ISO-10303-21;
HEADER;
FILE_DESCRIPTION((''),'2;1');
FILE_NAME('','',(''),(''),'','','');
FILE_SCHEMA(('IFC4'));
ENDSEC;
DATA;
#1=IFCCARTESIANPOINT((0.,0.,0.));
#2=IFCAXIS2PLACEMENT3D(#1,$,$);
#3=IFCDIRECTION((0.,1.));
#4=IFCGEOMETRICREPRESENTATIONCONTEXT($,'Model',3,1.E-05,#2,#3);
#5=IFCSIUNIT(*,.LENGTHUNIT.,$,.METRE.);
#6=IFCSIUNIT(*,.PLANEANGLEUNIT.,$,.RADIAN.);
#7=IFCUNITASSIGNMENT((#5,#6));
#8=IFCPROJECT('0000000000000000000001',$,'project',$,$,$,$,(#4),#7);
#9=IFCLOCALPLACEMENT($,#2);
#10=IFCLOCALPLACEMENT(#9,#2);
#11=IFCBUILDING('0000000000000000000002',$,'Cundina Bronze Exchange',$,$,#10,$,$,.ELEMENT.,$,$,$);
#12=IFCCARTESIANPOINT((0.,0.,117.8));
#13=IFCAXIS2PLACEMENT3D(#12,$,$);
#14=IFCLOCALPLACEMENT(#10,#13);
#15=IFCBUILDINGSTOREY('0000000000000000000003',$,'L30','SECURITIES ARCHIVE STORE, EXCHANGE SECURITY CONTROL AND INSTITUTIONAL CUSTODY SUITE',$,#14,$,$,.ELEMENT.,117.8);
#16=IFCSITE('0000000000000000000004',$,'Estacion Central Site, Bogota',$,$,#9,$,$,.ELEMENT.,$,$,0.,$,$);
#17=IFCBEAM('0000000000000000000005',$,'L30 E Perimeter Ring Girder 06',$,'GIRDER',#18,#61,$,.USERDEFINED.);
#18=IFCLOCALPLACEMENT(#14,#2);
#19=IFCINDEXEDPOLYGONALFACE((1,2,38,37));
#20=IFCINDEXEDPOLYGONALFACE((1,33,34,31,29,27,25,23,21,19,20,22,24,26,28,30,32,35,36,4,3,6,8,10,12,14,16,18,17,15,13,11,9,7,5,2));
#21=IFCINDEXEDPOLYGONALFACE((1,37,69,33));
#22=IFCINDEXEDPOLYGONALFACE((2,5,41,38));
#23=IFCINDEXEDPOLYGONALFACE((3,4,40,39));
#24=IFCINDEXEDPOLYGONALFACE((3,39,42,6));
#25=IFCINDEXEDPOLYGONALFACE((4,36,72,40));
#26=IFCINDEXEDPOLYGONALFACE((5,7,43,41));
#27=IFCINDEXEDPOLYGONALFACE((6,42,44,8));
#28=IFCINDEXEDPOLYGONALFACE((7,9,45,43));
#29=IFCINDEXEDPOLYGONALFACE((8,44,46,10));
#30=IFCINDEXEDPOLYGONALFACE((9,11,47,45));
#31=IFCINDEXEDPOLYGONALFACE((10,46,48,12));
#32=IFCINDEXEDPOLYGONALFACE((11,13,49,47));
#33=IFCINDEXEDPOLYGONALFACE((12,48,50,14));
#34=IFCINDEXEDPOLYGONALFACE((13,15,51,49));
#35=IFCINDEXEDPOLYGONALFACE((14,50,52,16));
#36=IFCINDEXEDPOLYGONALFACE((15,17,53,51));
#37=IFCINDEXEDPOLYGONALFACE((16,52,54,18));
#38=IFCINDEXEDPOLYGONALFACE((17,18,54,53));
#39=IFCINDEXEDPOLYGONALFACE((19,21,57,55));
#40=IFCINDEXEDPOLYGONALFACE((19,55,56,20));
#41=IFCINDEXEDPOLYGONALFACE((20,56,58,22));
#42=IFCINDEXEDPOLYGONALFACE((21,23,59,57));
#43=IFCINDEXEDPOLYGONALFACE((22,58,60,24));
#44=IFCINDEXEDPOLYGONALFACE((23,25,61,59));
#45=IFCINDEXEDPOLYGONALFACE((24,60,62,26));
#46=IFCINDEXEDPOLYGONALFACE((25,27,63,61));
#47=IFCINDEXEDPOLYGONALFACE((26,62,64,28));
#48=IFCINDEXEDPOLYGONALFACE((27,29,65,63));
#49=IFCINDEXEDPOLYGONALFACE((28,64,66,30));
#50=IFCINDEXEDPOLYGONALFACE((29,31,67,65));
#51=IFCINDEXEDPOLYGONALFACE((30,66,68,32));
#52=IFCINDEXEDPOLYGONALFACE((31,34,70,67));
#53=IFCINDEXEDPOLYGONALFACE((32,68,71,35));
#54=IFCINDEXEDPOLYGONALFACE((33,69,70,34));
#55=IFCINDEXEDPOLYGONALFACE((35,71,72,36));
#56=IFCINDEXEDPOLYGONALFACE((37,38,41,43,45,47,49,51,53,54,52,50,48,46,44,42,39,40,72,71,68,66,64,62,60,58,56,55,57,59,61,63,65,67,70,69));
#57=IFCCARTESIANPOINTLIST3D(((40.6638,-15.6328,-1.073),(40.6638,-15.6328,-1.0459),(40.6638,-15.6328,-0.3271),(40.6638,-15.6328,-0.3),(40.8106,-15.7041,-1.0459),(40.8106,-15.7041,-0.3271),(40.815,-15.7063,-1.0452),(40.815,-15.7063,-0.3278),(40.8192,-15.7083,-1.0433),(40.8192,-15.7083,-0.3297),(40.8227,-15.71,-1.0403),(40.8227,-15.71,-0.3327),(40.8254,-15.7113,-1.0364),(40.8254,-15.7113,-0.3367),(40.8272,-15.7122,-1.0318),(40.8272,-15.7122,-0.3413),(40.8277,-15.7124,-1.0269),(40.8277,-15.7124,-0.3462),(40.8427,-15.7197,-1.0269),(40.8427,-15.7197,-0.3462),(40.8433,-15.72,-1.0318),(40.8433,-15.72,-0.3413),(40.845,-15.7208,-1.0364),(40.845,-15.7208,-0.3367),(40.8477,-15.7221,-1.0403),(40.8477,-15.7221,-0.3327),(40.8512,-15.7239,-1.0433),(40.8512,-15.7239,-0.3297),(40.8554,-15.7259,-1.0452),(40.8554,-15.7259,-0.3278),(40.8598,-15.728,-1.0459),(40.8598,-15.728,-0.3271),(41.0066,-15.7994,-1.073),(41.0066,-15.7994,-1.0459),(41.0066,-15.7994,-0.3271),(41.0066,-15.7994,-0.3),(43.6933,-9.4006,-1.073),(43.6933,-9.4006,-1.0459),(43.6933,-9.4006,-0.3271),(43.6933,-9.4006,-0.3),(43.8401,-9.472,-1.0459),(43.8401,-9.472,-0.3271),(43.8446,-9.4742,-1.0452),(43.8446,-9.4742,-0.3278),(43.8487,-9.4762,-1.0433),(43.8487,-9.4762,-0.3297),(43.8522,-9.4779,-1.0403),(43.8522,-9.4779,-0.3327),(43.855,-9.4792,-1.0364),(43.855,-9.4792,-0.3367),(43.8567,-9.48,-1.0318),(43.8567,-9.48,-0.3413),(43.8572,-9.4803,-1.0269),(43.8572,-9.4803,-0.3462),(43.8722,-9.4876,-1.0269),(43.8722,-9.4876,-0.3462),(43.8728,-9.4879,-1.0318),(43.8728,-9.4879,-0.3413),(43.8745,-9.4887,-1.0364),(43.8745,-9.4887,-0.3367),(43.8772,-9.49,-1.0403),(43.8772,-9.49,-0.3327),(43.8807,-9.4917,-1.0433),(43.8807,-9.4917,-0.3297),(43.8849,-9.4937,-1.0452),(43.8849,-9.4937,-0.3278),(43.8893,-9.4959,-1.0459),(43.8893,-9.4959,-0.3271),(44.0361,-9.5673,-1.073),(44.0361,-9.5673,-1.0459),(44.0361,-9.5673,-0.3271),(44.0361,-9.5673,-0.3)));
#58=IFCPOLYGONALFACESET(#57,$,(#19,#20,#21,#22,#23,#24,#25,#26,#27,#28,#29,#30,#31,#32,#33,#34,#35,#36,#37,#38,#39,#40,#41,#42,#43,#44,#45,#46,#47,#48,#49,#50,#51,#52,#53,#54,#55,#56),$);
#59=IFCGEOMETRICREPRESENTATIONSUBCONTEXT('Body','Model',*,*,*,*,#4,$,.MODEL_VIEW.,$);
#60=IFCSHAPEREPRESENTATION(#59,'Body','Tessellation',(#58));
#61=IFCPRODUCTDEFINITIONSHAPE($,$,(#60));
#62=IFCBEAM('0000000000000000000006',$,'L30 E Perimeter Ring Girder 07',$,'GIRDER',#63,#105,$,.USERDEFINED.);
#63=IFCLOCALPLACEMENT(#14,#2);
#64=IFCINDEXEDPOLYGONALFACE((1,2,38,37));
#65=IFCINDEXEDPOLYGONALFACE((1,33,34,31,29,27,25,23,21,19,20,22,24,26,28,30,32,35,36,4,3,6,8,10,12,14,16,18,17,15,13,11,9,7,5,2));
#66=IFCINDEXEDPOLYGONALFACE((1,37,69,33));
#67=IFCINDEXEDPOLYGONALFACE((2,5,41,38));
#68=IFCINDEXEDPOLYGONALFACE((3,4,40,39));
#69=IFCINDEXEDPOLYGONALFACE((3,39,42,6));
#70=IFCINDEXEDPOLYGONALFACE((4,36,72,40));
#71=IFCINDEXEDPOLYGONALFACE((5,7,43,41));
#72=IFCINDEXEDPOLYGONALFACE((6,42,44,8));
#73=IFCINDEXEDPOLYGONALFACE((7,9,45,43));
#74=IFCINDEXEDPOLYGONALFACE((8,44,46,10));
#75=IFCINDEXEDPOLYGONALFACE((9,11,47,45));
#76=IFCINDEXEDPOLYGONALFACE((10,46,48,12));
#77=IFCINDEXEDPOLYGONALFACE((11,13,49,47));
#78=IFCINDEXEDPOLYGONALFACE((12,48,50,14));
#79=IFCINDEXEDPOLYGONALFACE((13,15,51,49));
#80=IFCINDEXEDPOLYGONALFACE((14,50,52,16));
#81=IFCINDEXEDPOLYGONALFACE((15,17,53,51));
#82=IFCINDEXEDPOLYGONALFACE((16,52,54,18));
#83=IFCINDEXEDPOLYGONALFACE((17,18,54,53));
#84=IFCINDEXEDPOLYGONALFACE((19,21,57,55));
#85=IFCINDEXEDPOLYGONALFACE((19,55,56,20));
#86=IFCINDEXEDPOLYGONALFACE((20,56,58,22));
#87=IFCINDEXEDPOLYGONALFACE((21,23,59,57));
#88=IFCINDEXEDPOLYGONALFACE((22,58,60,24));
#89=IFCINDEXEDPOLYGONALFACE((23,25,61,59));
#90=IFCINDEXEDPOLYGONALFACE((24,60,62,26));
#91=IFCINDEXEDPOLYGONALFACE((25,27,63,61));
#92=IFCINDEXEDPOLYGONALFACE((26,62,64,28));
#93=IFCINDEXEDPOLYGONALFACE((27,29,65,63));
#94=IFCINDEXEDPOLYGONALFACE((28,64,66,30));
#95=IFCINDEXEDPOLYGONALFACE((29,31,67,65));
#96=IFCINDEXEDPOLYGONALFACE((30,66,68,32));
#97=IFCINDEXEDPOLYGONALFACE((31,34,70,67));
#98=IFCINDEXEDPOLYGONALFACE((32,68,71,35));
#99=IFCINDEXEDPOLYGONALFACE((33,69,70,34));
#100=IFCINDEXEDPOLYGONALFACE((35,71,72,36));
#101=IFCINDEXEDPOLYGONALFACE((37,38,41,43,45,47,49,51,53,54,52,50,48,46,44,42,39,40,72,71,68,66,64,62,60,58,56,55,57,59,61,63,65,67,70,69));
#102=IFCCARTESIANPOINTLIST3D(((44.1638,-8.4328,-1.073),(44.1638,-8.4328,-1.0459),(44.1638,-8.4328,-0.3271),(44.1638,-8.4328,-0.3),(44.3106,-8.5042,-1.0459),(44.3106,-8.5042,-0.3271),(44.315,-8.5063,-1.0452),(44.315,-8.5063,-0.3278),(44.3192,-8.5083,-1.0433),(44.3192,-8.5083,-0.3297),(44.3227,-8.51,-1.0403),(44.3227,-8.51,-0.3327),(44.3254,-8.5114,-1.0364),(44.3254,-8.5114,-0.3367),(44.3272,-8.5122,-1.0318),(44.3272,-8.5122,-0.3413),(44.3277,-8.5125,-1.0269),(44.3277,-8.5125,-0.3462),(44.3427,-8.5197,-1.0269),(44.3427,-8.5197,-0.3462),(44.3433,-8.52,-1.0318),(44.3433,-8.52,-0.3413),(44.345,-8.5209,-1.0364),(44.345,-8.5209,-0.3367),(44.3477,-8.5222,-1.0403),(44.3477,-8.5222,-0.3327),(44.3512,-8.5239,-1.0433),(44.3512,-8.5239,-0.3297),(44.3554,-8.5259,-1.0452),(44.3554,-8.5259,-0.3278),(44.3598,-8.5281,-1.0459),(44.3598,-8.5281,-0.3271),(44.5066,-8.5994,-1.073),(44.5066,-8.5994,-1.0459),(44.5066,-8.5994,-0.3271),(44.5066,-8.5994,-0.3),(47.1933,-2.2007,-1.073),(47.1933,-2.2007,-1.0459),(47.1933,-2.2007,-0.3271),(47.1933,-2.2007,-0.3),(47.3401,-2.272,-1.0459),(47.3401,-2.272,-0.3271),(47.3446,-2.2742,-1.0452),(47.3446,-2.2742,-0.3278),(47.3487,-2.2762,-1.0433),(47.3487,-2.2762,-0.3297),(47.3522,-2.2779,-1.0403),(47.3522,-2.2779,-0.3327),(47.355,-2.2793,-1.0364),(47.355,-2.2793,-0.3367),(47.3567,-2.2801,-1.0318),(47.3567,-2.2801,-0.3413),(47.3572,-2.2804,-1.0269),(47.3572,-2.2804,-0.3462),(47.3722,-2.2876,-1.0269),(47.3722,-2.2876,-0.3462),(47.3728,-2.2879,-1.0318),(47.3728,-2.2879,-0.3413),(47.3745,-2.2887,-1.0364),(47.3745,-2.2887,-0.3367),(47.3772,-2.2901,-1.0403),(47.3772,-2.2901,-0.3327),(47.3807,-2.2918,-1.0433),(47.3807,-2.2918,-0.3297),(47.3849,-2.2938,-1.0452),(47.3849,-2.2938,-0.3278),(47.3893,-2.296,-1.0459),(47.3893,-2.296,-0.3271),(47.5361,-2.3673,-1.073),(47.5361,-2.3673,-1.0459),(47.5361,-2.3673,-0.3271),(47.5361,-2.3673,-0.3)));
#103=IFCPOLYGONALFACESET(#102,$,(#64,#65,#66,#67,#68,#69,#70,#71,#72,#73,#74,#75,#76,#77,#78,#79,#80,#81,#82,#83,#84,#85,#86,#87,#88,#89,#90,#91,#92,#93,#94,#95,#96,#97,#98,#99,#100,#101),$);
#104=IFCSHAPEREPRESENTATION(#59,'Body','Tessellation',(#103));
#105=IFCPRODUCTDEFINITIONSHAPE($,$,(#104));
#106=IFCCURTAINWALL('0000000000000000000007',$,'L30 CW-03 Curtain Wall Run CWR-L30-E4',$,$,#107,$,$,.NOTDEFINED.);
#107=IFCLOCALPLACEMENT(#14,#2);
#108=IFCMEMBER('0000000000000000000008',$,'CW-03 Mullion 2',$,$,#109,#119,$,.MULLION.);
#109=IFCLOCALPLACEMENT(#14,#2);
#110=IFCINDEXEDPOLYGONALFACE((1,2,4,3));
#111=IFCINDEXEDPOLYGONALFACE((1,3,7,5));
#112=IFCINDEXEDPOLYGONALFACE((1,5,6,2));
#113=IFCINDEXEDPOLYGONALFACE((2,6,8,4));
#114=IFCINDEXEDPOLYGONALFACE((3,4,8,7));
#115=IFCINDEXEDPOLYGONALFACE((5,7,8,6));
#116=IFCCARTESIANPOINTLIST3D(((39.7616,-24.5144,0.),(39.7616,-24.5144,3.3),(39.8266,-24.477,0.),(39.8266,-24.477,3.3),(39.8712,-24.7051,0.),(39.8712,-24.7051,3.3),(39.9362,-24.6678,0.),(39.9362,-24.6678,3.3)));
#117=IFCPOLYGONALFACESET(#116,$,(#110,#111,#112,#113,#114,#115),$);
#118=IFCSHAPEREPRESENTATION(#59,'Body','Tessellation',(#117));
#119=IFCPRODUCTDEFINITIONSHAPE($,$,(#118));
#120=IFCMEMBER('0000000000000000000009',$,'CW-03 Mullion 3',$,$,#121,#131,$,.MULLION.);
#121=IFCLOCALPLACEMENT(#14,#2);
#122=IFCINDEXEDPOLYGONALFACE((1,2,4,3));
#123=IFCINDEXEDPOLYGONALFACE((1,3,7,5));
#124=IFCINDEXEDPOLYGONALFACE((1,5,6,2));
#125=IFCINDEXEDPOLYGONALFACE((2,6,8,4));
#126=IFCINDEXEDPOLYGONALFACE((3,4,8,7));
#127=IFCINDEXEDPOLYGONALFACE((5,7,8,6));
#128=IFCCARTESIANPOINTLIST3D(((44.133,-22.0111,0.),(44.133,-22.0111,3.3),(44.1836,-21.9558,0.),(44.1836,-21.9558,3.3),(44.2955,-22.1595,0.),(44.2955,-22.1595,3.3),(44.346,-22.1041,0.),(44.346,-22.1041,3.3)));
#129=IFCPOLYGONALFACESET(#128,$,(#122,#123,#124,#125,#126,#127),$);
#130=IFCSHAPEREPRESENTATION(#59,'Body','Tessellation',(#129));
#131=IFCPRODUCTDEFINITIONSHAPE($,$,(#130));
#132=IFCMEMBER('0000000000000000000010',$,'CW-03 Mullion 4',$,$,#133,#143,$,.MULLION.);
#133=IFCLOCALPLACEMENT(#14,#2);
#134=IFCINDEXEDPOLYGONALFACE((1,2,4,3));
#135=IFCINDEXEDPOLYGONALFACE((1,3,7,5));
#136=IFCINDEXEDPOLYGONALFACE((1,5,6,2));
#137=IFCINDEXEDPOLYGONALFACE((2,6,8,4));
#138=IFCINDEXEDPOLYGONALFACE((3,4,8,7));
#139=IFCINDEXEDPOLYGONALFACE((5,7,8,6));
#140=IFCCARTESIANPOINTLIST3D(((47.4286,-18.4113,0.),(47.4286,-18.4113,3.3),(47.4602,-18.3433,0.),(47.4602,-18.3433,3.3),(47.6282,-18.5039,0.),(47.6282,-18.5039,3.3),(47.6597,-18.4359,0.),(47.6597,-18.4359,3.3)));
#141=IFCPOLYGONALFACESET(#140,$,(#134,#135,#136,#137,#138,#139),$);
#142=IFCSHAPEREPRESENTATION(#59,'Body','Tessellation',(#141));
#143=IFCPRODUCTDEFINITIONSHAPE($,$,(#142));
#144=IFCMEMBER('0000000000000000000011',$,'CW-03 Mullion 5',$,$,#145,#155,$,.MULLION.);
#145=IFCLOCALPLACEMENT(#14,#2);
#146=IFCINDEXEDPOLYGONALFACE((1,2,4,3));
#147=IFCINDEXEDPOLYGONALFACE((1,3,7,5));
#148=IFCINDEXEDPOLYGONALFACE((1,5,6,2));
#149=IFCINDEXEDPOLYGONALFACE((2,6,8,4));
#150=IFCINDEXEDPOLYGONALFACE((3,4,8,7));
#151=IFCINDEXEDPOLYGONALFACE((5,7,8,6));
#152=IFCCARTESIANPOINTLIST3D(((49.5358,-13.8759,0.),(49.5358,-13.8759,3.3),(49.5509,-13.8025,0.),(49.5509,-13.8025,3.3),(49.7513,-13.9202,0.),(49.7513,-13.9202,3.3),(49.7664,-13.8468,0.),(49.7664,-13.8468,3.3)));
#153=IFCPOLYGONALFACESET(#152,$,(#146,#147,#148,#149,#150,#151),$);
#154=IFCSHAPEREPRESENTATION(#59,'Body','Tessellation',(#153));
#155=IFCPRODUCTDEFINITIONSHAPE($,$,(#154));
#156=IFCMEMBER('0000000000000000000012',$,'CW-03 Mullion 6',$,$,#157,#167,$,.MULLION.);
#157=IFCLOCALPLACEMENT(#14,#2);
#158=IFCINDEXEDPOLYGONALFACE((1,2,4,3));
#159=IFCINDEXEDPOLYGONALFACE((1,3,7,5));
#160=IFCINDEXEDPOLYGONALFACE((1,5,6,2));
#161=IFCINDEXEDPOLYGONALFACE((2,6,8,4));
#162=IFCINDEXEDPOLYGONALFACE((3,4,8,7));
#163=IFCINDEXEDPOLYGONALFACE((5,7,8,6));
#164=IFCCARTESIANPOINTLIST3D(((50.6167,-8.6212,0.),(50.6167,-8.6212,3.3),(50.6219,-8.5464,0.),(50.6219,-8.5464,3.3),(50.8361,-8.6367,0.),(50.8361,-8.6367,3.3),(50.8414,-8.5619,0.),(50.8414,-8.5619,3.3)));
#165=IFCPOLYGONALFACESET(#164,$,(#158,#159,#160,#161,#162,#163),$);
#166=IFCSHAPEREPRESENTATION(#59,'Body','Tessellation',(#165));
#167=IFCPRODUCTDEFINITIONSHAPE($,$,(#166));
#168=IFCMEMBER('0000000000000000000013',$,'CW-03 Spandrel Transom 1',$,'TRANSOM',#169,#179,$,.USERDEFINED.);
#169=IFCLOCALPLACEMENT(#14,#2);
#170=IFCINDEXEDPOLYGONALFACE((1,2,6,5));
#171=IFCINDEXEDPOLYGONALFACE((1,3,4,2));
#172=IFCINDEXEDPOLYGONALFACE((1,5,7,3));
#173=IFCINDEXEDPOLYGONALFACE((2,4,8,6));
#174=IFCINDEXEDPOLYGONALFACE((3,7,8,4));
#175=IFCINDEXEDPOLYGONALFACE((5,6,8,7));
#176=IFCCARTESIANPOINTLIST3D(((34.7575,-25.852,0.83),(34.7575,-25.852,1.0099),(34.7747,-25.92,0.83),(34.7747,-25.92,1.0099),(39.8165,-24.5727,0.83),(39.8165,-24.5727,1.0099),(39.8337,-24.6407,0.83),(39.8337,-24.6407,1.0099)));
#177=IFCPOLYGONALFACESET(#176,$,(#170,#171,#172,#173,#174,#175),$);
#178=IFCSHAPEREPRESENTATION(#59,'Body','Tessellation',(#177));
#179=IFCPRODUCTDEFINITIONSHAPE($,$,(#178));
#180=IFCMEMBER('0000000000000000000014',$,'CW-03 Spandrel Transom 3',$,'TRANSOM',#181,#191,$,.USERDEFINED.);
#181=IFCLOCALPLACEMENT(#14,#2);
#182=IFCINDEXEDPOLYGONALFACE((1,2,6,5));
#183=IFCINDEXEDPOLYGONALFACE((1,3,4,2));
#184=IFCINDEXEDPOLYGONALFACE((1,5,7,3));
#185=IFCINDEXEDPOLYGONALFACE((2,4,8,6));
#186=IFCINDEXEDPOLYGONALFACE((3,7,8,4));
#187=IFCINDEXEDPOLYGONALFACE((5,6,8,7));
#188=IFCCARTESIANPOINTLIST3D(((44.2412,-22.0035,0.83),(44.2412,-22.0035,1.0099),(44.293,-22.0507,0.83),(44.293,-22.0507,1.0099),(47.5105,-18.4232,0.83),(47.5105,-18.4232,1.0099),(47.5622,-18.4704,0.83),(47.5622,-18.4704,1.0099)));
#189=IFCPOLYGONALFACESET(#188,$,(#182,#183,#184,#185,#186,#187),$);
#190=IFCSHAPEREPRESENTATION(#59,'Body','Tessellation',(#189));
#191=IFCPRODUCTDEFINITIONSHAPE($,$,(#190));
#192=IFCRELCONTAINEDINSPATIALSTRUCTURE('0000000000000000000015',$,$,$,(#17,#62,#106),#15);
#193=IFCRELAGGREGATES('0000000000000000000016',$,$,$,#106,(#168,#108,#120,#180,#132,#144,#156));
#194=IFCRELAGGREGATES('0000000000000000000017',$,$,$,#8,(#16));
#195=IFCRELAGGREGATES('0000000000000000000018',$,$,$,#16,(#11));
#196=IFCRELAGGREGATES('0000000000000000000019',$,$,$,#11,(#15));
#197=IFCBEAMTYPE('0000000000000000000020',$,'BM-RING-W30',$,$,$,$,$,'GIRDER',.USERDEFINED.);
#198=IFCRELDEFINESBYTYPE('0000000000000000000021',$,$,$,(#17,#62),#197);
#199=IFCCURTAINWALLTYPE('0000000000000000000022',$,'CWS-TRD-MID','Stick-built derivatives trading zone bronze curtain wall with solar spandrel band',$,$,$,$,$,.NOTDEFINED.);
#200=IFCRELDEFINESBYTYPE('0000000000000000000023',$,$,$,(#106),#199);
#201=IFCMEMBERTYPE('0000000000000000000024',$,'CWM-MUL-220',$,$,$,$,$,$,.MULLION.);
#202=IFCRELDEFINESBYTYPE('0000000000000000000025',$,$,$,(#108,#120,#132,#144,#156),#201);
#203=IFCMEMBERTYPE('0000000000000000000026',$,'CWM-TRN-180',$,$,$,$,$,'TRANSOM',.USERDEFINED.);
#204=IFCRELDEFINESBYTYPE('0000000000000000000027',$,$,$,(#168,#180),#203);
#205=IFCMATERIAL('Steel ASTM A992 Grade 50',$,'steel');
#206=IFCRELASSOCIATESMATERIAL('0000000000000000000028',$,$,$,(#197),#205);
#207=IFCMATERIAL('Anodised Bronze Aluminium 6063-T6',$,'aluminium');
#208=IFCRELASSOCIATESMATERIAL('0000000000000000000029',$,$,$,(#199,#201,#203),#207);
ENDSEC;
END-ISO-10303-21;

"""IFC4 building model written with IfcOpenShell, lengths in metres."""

from ifc_helpers import new_model, si_unit, direction, frame, origin, origin_2d, place, context, subcontext, project, spatial, rectangle, i_section, extrude, material, material_profile, profile_set, type_object, element, aggregate, save


model = new_model("IFC4")

# Units and contexts
model_context = context("Model", 3, precision=1e-05, world=origin(), true_north=direction((0.0, 1.0)))
body_context = subcontext(model_context, "Body", "Model", "MODEL_VIEW")
ifc_project = project(units=[si_unit("LENGTHUNIT", "METRE"), si_unit("PLANEANGLEUNIT", "RADIAN")], contexts=[model_context])

# Site, building, storey
site_placement = place(None, origin())
site = spatial("IfcSite", under=ifc_project, at=site_placement, Name="Estacion Central Site, Bogota", CompositionType="ELEMENT", RefElevation=0.0)
building_placement = place(site_placement, origin())
building = spatial("IfcBuilding", under=site, at=building_placement, Name="Cundina Bronze Exchange", CompositionType="ELEMENT")
storey_placement = place(building_placement, frame((0.0, 0.0, 117.8)))
storey = spatial("IfcBuildingStorey", under=building, at=storey_placement, Name="L30", Description="SECURITIES ARCHIVE STORE, EXCHANGE SECURITY CONTROL AND INSTITUTIONAL CUSTODY SUITE", CompositionType="ELEMENT", Elevation=117.8)

# Beams
ifc_material_1 = material(Name="Steel ASTM A992 Grade 50", Category="steel")
ifc_material_profile_1 = material_profile(ifc_material_1, i_section(OverallWidth=0.3811, OverallDepth=0.7729, WebThickness=0.0166, FlangeThickness=0.0271, FilletRadius=0.019, at=origin_2d()), Name="W30X173", Category="steel")
ifc_profile_set_1 = profile_set([ifc_material_profile_1], Name="Steel ASTM A992 Grade 50")
beam_type_1 = type_object("IfcBeamType", Name="BM-RING-W30", ElementType="GIRDER", PredefinedType="USERDEFINED", material=ifc_profile_set_1)
for number, where, z_axis, x_axis, name in (
    (1, (40.8352, -15.7161, -0.6865), (0.437194, 0.899367, 0.0), (-0.899367, 0.437194, 0.0), "L30 E Perimeter Ring Girder 06"),
    (2, (44.3352, -8.5161, -0.6865), (0.437194, 0.899367, 0.0), (-0.899367, 0.437194, 0.0), "L30 E Perimeter Ring Girder 07"),
):
    element("IfcBeam", number, at=place(storey_placement, frame(where, z_axis=z_axis, x_axis=x_axis)), inside=storey, type_object=beam_type_1, Name=name, ObjectType="GIRDER", PredefinedType="USERDEFINED", context=body_context, shape_type="SweptSolid", body=[
        extrude(i_section(OverallWidth=0.3811, OverallDepth=0.7729, WebThickness=0.0166, FlangeThickness=0.0271, FilletRadius=0.019, at=origin_2d()), origin(), (0.0, 0.0, 1.0), 6.9294),
    ])

# Curtain wall, members
ifc_material_2 = material(Name="Anodised Bronze Aluminium 6063-T6", Category="aluminium")
curtain_wall_type = type_object("IfcCurtainWallType", Name="CWS-TRD-MID", Description="Stick-built derivatives trading zone bronze curtain wall with solar spandrel band", PredefinedType="NOTDEFINED", material=ifc_material_2)
curtain_wall_placement = place(storey_placement, origin())
curtain_wall = element("IfcCurtainWall", 3, at=curtain_wall_placement, inside=storey, type_object=curtain_wall_type, Name="L30 CW-03 Curtain Wall Run CWR-L30-E4", PredefinedType="NOTDEFINED")
ifc_material_profile_2 = material_profile(ifc_material_2, rectangle(XDim=0.075, YDim=0.22, at=origin_2d()), Name="AL75X220", Category="aluminium")
ifc_profile_set_2 = profile_set([ifc_material_profile_2], Name="Anodised Bronze Aluminium 6063-T6")
member_type_1 = type_object("IfcMemberType", Name="CWM-MUL-220", PredefinedType="MULLION", material=ifc_profile_set_2)
member_1_placement = place(storey_placement, frame((39.8489, -24.5911, 0.0), z_axis=(0.0, 0.0, 1.0), x_axis=(0.867071, 0.498185, 0.0)))
member_1 = element("IfcMember", 4, at=member_1_placement, type_object=member_type_1, Name="CW-03 Mullion 2", PredefinedType="MULLION", context=body_context, shape_type="SweptSolid", body=[
    extrude(rectangle(XDim=0.075, YDim=0.22, at=origin_2d()), origin(), (0.0, 0.0, 1.0), 3.3),
])
member_2_placement = place(storey_placement, frame((44.2395, -22.0576, 0.0), z_axis=(0.0, 0.0, 1.0), x_axis=(0.674302, 0.738455, 0.0)))
member_2 = element("IfcMember", 5, at=member_2_placement, type_object=member_type_1, Name="CW-03 Mullion 3", PredefinedType="MULLION", context=body_context, shape_type="SweptSolid", body=[
    extrude(rectangle(XDim=0.075, YDim=0.22, at=origin_2d()), origin(), (0.0, 0.0, 1.0), 3.3),
])
member_3_placement = place(storey_placement, frame((47.5442, -18.4236, 0.0), z_axis=(0.0, 0.0, 1.0), x_axis=(0.420877, 0.907117, 0.0)))
member_3 = element("IfcMember", 6, at=member_3_placement, type_object=member_type_1, Name="CW-03 Mullion 4", PredefinedType="MULLION", context=body_context, shape_type="SweptSolid", body=[
    extrude(rectangle(XDim=0.075, YDim=0.22, at=origin_2d()), origin(), (0.0, 0.0, 1.0), 3.3),
])
member_4_placement = place(storey_placement, frame((49.6511, -13.8613, 0.0), z_axis=(0.0, 0.0, 1.0), x_axis=(0.20142, 0.979505, 0.0)))
member_4 = element("IfcMember", 7, at=member_4_placement, type_object=member_type_1, Name="CW-03 Mullion 5", PredefinedType="MULLION", context=body_context, shape_type="SweptSolid", body=[
    extrude(rectangle(XDim=0.075, YDim=0.22, at=origin_2d()), origin(), (0.0, 0.0, 1.0), 3.3),
])
member_5_placement = place(storey_placement, frame((50.729, -8.5916, 0.0), z_axis=(0.0, 0.0, 1.0), x_axis=(0.070279, 0.997527, 0.0)))
member_5 = element("IfcMember", 8, at=member_5_placement, type_object=member_type_1, Name="CW-03 Mullion 6", PredefinedType="MULLION", context=body_context, shape_type="SweptSolid", body=[
    extrude(rectangle(XDim=0.075, YDim=0.22, at=origin_2d()), origin(), (0.0, 0.0, 1.0), 3.3),
])
ifc_material_profile_3 = material_profile(ifc_material_2, rectangle(XDim=0.0701, YDim=0.1799, at=origin_2d()), Name="AL70X180", Category="aluminium")
ifc_profile_set_3 = profile_set([ifc_material_profile_3], Name="Anodised Bronze Aluminium 6063-T6")
member_type_2 = type_object("IfcMemberType", Name="CWM-TRN-180", ElementType="TRANSOM", PredefinedType="USERDEFINED", material=ifc_profile_set_3)
member_6_placement = place(storey_placement, frame((34.7661, -25.886, 0.9199), z_axis=(0.969484, 0.245155, 0.0), x_axis=(-0.245155, 0.969484, 0.0)))
member_6 = element("IfcMember", 9, at=member_6_placement, type_object=member_type_2, Name="CW-03 Spandrel Transom 1", ObjectType="TRANSOM", PredefinedType="USERDEFINED", context=body_context, shape_type="SweptSolid", body=[
    extrude(rectangle(XDim=0.0701, YDim=0.1799, at=origin_2d()), origin(), (0.0, 0.0, 1.0), 5.2183),
])
member_7_placement = place(storey_placement, frame((44.2671, -22.0271, 0.9199), z_axis=(0.674303, 0.738455, 0.0), x_axis=(-0.738455, 0.674303, 0.0)))
member_7 = element("IfcMember", 10, at=member_7_placement, type_object=member_type_2, Name="CW-03 Spandrel Transom 3", ObjectType="TRANSOM", PredefinedType="USERDEFINED", context=body_context, shape_type="SweptSolid", body=[
    extrude(rectangle(XDim=0.0701, YDim=0.1799, at=origin_2d()), origin(), (0.0, 0.0, 1.0), 4.8484),
])
aggregate(curtain_wall, [member_6, member_1, member_2, member_7, member_3, member_4, member_5])

save(model, "model.ifc")
